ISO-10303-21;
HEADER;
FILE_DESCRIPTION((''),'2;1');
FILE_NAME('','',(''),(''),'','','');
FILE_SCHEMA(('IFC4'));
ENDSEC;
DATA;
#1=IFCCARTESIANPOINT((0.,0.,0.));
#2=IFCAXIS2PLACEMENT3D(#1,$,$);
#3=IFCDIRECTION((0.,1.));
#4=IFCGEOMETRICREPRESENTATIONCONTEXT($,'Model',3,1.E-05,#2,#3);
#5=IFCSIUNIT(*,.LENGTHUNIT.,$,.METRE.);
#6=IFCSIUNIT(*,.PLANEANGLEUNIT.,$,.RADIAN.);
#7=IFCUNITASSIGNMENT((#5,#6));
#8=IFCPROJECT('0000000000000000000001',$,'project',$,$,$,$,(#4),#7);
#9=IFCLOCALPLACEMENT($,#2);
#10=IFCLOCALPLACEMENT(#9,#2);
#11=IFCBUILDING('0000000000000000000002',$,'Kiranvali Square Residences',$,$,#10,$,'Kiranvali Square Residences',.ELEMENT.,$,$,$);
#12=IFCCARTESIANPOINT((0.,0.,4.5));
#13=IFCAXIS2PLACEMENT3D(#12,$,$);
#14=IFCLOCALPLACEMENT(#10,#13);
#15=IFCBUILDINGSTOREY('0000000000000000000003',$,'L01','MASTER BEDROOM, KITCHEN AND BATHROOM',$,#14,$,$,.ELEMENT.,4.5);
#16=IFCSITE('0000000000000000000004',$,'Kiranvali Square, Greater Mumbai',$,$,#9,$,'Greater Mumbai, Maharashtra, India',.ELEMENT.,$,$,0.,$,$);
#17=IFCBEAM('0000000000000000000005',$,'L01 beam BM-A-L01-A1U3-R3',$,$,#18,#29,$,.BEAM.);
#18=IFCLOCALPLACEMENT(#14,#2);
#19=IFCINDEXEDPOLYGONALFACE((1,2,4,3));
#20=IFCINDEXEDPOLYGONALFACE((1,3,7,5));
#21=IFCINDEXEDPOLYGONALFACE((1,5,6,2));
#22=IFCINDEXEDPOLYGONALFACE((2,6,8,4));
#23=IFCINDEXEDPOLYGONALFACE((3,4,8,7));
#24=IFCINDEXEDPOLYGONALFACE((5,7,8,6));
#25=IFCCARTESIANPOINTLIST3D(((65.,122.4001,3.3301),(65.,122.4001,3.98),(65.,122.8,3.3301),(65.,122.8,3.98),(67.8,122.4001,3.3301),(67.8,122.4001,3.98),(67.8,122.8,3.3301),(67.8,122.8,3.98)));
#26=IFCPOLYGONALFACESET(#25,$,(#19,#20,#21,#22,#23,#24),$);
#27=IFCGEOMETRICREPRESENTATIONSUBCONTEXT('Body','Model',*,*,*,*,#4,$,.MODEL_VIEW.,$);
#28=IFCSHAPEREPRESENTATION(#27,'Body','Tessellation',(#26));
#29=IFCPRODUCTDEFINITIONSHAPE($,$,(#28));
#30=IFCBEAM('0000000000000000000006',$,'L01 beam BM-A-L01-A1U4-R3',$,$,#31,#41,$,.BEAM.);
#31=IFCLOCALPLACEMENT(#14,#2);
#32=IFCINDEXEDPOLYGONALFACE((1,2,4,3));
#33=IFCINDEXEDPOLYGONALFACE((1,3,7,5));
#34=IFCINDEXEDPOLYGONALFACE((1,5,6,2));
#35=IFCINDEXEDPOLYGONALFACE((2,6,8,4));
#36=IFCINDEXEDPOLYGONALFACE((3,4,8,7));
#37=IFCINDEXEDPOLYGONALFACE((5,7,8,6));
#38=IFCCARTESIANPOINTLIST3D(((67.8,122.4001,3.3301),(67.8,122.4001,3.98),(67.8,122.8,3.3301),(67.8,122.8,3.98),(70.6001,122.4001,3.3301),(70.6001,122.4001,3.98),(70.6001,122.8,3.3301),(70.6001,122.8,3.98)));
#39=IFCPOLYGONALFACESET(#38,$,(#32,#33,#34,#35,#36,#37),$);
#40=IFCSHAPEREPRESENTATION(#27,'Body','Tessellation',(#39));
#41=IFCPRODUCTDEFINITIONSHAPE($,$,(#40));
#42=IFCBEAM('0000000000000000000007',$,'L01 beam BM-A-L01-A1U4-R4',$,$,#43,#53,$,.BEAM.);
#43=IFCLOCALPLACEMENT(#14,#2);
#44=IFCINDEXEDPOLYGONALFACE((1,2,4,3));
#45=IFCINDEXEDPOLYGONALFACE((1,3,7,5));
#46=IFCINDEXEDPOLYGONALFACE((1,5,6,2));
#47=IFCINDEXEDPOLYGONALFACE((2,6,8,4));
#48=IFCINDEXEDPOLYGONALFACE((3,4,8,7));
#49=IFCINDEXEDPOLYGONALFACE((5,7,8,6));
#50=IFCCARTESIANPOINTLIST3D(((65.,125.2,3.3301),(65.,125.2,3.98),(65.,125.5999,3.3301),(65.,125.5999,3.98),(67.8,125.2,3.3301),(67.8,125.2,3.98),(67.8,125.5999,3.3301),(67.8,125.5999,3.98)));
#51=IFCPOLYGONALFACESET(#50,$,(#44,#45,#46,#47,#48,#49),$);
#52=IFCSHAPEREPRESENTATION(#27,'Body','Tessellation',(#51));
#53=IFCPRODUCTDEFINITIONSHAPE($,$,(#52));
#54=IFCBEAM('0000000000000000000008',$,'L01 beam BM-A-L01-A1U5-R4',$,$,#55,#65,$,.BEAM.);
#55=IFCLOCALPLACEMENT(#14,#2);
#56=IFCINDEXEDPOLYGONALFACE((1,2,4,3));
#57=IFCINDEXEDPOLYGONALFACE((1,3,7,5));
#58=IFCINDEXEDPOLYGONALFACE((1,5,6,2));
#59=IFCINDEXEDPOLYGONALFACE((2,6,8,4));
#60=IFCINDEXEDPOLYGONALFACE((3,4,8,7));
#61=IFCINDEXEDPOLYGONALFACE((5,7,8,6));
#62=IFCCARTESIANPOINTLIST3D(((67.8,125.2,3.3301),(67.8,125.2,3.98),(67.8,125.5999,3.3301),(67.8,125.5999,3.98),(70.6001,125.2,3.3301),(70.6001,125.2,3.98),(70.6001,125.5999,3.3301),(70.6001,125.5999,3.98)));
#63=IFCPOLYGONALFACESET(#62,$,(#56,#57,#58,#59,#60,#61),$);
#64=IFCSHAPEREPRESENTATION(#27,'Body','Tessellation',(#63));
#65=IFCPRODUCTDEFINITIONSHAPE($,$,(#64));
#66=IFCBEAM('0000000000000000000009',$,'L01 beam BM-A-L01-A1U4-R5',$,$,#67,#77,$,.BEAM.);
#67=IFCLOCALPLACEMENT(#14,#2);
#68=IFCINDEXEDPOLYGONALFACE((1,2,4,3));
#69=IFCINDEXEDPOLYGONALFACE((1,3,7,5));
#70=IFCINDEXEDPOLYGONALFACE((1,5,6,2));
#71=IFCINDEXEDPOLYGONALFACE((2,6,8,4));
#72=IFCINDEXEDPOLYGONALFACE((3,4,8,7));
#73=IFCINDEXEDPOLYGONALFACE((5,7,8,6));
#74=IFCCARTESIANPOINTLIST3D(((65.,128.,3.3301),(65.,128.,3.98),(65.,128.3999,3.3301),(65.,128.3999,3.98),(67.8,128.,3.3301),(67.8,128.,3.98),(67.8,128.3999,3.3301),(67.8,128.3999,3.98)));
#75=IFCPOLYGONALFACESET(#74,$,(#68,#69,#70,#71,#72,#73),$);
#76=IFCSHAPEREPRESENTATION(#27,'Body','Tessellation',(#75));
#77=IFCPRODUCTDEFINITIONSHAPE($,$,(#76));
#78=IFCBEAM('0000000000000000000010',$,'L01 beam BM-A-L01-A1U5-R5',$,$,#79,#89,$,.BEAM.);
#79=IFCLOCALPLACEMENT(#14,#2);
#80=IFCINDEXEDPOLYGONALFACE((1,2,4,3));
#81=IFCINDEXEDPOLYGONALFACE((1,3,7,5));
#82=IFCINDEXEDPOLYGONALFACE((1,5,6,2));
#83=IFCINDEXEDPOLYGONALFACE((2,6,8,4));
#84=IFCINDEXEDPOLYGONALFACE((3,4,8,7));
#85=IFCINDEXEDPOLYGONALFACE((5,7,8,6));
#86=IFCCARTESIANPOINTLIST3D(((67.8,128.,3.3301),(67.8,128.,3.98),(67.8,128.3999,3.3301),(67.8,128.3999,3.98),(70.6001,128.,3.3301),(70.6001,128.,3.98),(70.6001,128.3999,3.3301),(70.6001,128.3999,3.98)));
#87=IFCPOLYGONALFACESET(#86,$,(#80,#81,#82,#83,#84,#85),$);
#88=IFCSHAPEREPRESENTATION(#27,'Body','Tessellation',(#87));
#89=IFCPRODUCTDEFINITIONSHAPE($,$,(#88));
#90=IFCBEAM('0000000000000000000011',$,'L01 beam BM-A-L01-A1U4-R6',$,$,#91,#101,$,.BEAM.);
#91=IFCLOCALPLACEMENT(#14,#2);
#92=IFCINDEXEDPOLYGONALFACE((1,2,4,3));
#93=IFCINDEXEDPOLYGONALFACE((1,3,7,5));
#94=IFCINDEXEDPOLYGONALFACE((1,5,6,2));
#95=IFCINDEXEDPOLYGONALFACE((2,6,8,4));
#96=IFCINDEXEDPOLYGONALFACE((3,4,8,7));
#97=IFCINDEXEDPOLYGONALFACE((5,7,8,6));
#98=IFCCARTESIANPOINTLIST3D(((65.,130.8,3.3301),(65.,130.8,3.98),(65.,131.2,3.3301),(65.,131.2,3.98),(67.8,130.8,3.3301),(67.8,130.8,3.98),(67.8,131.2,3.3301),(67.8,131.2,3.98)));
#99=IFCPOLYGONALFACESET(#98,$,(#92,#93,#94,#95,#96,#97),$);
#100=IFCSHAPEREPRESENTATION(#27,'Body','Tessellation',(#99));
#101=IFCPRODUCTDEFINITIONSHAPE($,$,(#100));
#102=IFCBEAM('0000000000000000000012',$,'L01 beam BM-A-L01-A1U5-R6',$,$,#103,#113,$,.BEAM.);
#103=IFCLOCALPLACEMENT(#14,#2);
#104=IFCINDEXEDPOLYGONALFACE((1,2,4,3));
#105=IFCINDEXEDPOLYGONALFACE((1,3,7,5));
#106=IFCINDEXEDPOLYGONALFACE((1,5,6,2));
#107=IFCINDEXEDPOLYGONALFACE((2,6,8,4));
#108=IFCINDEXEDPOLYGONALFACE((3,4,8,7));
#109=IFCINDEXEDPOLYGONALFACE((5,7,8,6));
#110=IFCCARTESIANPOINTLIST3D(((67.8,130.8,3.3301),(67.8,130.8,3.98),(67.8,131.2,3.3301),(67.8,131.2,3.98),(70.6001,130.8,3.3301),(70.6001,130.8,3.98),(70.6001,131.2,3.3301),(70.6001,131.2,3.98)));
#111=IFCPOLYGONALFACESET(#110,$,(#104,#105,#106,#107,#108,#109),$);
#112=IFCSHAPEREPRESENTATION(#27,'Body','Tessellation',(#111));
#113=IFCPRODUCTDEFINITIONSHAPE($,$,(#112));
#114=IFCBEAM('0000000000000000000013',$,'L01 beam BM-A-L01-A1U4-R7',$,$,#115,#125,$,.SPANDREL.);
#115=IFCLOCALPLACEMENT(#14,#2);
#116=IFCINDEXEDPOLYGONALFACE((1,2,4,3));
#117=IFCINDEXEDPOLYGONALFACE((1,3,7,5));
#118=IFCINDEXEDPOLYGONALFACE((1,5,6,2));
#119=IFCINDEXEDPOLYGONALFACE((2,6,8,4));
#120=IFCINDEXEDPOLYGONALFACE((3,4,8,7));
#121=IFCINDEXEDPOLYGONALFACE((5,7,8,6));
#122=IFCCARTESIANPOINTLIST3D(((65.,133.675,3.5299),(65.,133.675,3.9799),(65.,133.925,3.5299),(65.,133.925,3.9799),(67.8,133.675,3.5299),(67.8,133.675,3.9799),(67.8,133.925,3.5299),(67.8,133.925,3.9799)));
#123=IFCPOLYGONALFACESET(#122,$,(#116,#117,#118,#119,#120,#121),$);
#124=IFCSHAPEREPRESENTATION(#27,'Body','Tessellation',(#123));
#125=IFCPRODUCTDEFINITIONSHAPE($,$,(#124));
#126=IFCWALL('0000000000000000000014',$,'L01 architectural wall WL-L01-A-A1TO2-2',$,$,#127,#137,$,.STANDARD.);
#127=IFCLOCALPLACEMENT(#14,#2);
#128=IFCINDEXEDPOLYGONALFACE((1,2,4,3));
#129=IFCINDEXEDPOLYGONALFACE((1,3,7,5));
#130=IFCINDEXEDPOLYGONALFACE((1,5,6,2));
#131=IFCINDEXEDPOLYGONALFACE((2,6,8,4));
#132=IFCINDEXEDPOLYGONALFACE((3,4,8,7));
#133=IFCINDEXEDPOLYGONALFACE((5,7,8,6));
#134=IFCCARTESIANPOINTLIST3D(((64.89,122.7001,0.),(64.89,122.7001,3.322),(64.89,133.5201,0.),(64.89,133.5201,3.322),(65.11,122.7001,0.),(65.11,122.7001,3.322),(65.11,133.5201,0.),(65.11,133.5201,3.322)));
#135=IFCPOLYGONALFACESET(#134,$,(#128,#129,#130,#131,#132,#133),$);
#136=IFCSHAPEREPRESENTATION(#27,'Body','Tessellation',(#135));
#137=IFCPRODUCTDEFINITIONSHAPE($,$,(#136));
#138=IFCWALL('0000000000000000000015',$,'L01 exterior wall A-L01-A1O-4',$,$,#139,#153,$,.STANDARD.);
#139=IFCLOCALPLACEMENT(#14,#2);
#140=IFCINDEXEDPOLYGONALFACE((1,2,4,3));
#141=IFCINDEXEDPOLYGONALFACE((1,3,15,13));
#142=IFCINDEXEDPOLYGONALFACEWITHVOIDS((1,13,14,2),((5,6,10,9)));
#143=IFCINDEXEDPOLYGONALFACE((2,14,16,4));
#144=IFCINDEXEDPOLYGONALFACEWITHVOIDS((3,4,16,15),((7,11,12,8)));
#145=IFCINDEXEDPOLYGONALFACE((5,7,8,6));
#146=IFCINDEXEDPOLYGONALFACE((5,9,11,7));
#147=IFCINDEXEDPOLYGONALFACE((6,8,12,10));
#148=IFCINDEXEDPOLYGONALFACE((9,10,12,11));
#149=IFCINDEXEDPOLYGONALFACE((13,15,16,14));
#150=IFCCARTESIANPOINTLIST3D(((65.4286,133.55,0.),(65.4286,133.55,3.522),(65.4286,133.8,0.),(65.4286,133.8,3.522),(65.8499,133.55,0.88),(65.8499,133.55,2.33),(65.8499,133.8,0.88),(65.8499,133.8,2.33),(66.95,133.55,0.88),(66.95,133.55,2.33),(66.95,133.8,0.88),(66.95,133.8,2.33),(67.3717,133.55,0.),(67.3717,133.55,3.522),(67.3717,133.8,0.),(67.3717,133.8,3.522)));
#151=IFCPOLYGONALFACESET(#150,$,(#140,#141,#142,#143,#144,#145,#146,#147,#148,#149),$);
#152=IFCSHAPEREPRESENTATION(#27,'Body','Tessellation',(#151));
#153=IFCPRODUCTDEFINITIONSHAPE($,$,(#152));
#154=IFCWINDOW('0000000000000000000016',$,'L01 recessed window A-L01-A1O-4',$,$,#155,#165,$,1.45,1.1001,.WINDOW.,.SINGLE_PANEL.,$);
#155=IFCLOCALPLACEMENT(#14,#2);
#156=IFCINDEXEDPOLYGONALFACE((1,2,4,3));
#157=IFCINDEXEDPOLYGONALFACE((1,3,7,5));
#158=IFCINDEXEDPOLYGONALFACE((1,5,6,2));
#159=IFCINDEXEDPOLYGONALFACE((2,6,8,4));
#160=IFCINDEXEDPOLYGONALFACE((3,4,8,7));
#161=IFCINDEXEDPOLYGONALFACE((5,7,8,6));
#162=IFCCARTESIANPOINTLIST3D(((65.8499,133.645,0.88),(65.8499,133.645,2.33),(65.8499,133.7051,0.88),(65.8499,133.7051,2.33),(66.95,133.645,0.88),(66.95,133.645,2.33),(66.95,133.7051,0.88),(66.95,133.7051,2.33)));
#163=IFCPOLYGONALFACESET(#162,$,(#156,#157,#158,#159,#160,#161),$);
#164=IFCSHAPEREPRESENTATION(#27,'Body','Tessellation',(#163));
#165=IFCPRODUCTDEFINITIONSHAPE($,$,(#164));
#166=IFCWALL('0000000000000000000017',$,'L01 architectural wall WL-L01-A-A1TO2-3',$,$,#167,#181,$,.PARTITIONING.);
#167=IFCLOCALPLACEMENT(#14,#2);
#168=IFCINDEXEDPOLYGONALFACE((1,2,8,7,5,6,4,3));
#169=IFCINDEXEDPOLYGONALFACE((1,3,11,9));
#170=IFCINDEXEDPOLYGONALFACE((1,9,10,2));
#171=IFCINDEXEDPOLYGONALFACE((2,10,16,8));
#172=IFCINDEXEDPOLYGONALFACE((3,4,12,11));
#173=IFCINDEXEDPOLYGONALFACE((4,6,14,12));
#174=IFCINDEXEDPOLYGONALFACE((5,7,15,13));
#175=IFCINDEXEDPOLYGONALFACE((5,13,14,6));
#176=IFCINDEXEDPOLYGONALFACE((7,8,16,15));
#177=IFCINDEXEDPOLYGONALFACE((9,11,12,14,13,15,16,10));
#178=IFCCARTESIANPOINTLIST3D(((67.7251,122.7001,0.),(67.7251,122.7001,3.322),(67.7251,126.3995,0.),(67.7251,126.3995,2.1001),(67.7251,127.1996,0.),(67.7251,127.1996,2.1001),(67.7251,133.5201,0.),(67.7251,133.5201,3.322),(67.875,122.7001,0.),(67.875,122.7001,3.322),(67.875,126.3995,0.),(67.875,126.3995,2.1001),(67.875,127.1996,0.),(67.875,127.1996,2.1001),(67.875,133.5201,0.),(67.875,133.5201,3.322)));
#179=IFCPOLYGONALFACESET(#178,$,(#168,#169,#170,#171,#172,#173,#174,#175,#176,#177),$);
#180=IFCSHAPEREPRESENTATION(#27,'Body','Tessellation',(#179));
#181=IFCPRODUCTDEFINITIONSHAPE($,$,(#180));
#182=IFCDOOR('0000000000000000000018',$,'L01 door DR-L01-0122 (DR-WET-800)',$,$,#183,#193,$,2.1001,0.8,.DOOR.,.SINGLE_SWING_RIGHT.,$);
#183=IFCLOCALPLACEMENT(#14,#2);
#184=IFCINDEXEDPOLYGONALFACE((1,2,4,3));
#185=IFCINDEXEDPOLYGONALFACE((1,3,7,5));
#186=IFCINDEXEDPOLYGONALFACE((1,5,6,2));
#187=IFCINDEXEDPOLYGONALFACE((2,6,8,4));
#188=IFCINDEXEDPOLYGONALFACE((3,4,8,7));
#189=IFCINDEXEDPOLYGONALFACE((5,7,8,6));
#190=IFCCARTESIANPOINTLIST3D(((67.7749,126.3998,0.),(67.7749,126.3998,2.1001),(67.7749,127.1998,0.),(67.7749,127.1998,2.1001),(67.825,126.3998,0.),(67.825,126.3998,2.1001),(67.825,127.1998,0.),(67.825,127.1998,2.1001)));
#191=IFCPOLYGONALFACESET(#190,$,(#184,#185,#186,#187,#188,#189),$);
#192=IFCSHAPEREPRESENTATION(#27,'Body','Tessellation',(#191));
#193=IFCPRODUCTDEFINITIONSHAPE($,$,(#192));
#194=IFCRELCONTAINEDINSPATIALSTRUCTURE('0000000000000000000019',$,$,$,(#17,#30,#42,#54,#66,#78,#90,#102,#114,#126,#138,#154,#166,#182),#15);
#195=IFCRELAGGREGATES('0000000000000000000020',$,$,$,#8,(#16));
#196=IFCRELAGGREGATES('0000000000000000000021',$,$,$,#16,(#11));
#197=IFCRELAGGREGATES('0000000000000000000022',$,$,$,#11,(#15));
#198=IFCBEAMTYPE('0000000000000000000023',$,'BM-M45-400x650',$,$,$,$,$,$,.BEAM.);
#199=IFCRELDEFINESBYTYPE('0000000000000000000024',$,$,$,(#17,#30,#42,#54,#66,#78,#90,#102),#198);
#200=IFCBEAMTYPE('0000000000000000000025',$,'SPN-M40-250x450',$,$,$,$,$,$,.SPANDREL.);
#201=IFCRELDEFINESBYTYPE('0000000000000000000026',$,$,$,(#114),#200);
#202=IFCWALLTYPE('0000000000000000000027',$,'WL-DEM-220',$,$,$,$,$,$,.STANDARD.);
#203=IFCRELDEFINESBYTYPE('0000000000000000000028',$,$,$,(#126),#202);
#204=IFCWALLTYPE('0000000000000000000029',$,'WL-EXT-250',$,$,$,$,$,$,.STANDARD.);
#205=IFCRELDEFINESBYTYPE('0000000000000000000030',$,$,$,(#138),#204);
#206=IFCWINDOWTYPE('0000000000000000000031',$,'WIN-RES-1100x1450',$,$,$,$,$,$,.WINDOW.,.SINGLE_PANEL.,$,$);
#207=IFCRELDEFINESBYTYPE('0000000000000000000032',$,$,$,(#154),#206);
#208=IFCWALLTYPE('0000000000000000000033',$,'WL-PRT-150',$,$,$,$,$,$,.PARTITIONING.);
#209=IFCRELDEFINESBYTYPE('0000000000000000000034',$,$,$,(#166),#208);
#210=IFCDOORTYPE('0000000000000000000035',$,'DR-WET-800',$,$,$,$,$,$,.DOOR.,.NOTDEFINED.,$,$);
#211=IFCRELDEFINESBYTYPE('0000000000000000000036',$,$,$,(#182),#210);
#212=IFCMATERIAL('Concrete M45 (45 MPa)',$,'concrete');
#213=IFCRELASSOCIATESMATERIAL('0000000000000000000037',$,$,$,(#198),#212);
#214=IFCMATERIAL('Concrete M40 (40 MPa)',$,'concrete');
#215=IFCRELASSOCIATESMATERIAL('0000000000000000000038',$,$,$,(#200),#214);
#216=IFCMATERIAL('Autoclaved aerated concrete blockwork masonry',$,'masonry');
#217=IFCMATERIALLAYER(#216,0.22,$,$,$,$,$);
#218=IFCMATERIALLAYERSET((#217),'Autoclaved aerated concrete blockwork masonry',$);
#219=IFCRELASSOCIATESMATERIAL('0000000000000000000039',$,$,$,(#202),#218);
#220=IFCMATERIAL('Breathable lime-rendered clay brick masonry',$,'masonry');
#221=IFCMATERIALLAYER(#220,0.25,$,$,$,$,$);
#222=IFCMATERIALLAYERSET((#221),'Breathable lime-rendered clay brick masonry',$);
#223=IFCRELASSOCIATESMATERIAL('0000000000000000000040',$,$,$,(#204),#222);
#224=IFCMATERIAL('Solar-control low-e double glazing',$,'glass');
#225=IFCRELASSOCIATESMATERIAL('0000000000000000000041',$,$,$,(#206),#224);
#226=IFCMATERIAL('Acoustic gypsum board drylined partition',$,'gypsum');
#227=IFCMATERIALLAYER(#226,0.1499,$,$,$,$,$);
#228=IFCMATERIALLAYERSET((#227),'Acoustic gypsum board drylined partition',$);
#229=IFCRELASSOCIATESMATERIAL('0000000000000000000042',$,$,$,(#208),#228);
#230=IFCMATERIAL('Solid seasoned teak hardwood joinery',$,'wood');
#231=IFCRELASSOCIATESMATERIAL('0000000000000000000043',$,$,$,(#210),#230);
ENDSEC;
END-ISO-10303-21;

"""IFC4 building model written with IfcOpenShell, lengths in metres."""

from ifc_helpers import new_model, si_unit, direction, frame, frame_2d, origin, origin_2d, place, context, subcontext, project, spatial, rectangle, extrude, material, layer, layer_set, material_profile, profile_set, type_object, element, fill, save


model = new_model("IFC4")

# Units and contexts
model_context = context("Model", 3, precision=1e-05, world=origin(), true_north=direction((0.0, 1.0)))
body_context = subcontext(model_context, "Body", "Model", "MODEL_VIEW")
ifc_project = project(units=[si_unit("LENGTHUNIT", "METRE"), si_unit("PLANEANGLEUNIT", "RADIAN")], contexts=[model_context])

# Site, building, storey
site_placement = place(None, origin())
site = spatial("IfcSite", under=ifc_project, at=site_placement, Name="Kiranvali Square, Greater Mumbai", LongName="Greater Mumbai, Maharashtra, India", CompositionType="ELEMENT", RefElevation=0.0)
building_placement = place(site_placement, origin())
building = spatial("IfcBuilding", under=site, at=building_placement, Name="Kiranvali Square Residences", LongName="Kiranvali Square Residences", CompositionType="ELEMENT")
storey_placement = place(building_placement, frame((0.0, 0.0, 4.5)))
storey = spatial("IfcBuildingStorey", under=building, at=storey_placement, Name="L01", Description="MASTER BEDROOM, KITCHEN AND BATHROOM", CompositionType="ELEMENT", Elevation=4.5)

# Beams
ifc_material_1 = material(Name="Concrete M40 (40 MPa)", Category="concrete")
ifc_material_2 = material(Name="Concrete M45 (45 MPa)", Category="concrete")
ifc_material_profile_1 = material_profile(ifc_material_2, rectangle(XDim=0.3999, YDim=0.6499, at=origin_2d()), Name="RC 400x650")
ifc_profile_set_1 = profile_set([ifc_material_profile_1], Name="Concrete M45 (45 MPa)")
beam_type_1 = type_object("IfcBeamType", Name="BM-M45-400x650", PredefinedType="BEAM", material=ifc_profile_set_1)
for number, where, z_axis, x_axis, name in (
    (1, (65.0, 122.6001, 3.655), (1.0, 0.0, 0.0), (0.0, 1.0, 0.0), "L01 beam BM-A-L01-A1U3-R3"),
    (2, (67.8, 122.6001, 3.655), (1.0, 0.0, 0.0), (0.0, 1.0, 0.0), "L01 beam BM-A-L01-A1U4-R3"),
    (3, (65.0, 125.3999, 3.655), (1.0, 0.0, 0.0), (0.0, 1.0, 0.0), "L01 beam BM-A-L01-A1U4-R4"),
    (4, (67.8, 125.3999, 3.655), (1.0, 0.0, 0.0), (0.0, 1.0, 0.0), "L01 beam BM-A-L01-A1U5-R4"),
    (5, (65.0, 128.2, 3.655), (1.0, 0.0, 0.0), (0.0, 1.0, 0.0), "L01 beam BM-A-L01-A1U4-R5"),
    (6, (67.8, 128.2, 3.655), (1.0, 0.0, 0.0), (0.0, 1.0, 0.0), "L01 beam BM-A-L01-A1U5-R5"),
    (7, (65.0, 131.0, 3.655), (1.0, 0.0, 0.0), (0.0, 1.0, 0.0), "L01 beam BM-A-L01-A1U4-R6"),
    (8, (67.8, 131.0, 3.655), (1.0, 0.0, 0.0), (0.0, 1.0, 0.0), "L01 beam BM-A-L01-A1U5-R6"),
):
    element("IfcBeam", number, at=place(storey_placement, frame(where, z_axis=z_axis, x_axis=x_axis)), inside=storey, type_object=beam_type_1, Name=name, PredefinedType="BEAM", context=body_context, shape_type="SweptSolid", body=[
        extrude(rectangle(XDim=0.3999, YDim=0.6499, at=origin_2d()), origin(), (0.0, 0.0, 1.0), 2.8),
    ])
ifc_material_profile_2 = material_profile(ifc_material_1, rectangle(XDim=0.25, YDim=0.45, at=origin_2d()), Name="RC 250x450")
ifc_profile_set_2 = profile_set([ifc_material_profile_2], Name="Concrete M40 (40 MPa)")
beam_type_2 = type_object("IfcBeamType", Name="SPN-M40-250x450", PredefinedType="SPANDREL", material=ifc_profile_set_2)
beam_1_placement = place(storey_placement, frame((65.0, 133.8, 3.7549), z_axis=(1.0, 0.0, 0.0), x_axis=(0.0, 1.0, 0.0)))
element("IfcBeam", 9, at=beam_1_placement, inside=storey, type_object=beam_type_2, Name="L01 beam BM-A-L01-A1U4-R7", PredefinedType="SPANDREL", context=body_context, shape_type="SweptSolid", body=[
    extrude(rectangle(XDim=0.25, YDim=0.45, at=origin_2d()), origin(), (0.0, 0.0, 1.0), 2.8),
])

# Wall
ifc_material_3 = material(Name="Autoclaved aerated concrete blockwork masonry", Category="masonry")
ifc_layer_1 = layer(ifc_material_3, 0.22)
ifc_layer_set_1 = layer_set([ifc_layer_1], Name="Autoclaved aerated concrete blockwork masonry")
wall_type_1 = type_object("IfcWallType", Name="WL-DEM-220", PredefinedType="STANDARD", material=ifc_layer_set_1)
wall_1_placement = place(storey_placement, frame((65.0, 122.7, 0.0), z_axis=(0.0, 0.0, 1.0), x_axis=(0.0, 1.0, 0.0)))
element("IfcWall", 10, at=wall_1_placement, inside=storey, type_object=wall_type_1, Name="L01 architectural wall WL-L01-A-A1TO2-2", PredefinedType="STANDARD", context=body_context, shape_type="SweptSolid", body=[
    extrude(rectangle(XDim=10.8201, YDim=0.22, at=frame_2d((5.4102, 0.0))), origin(), (0.0, 0.0, 1.0), 3.322),
])

# Wall, opening, window
ifc_material_4 = material(Name="Breathable lime-rendered clay brick masonry", Category="masonry")
ifc_layer_2 = layer(ifc_material_4, 0.25)
ifc_layer_set_2 = layer_set([ifc_layer_2], Name="Breathable lime-rendered clay brick masonry")
wall_type_2 = type_object("IfcWallType", Name="WL-EXT-250", PredefinedType="STANDARD", material=ifc_layer_set_2)
wall_2_placement = place(storey_placement, frame((65.4285, 133.675, 0.0), z_axis=(0.0, 0.0, 1.0), x_axis=(1.0, 0.0, 0.0)))
wall_2 = element("IfcWall", 11, at=wall_2_placement, inside=storey, type_object=wall_type_2, Name="L01 exterior wall A-L01-A1O-4", PredefinedType="STANDARD", context=body_context, shape_type="SweptSolid", body=[
    extrude(rectangle(XDim=1.9431, YDim=0.25, at=frame_2d((0.9717, 0.0))), origin(), (0.0, 0.0, 1.0), 3.522),
])
opening_1_placement = place(wall_2_placement, frame((0.4214, 0.0, 0.8799)))
opening_1 = element("IfcOpeningElement", 12, at=opening_1_placement, cuts=wall_2, PredefinedType="OPENING", context=body_context, shape_type="SweptSolid", body=[
    extrude(rectangle(XDim=1.1001, YDim=1.45, at=frame_2d((0.55, 0.7251))), frame((0.0, 0.135, 0.0), z_axis=(0.0, -1.0, 0.0), x_axis=(1.0, 0.0, 0.0)), (0.0, 0.0, 1.0), 0.27),
])
ifc_material_5 = material(Name="Solar-control low-e double glazing", Category="glass")
window_type = type_object("IfcWindowType", Name="WIN-RES-1100x1450", PartitioningType="SINGLE_PANEL", PredefinedType="WINDOW", material=ifc_material_5)
window_placement = place(opening_1_placement, origin())
window = element("IfcWindow", 13, at=window_placement, inside=storey, type_object=window_type, Name="L01 recessed window A-L01-A1O-4", OverallHeight=1.45, OverallWidth=1.1001, PartitioningType="SINGLE_PANEL", PredefinedType="WINDOW", context=body_context, shape_type="SweptSolid", body=[
    extrude(rectangle(XDim=1.1001, YDim=1.45, at=frame_2d((0.55, 0.7251))), frame((0.0, 0.03, 0.0), z_axis=(0.0, -1.0, 0.0), x_axis=(1.0, 0.0, 0.0)), (0.0, 0.0, 1.0), 0.0601),
])
fill(opening_1, window)

# Wall, opening, door
ifc_material_6 = material(Name="Acoustic gypsum board drylined partition", Category="gypsum")
ifc_layer_3 = layer(ifc_material_6, 0.1499)
ifc_layer_set_3 = layer_set([ifc_layer_3], Name="Acoustic gypsum board drylined partition")
wall_type_3 = type_object("IfcWallType", Name="WL-PRT-150", PredefinedType="PARTITIONING", material=ifc_layer_set_3)
wall_3_placement = place(storey_placement, frame((67.8, 122.7, 0.0), z_axis=(0.0, 0.0, 1.0), x_axis=(0.0, 1.0, 0.0)))
wall_3 = element("IfcWall", 14, at=wall_3_placement, inside=storey, type_object=wall_type_3, Name="L01 architectural wall WL-L01-A-A1TO2-3", PredefinedType="PARTITIONING", context=body_context, shape_type="SweptSolid", body=[
    extrude(rectangle(XDim=10.8201, YDim=0.1499, at=frame_2d((5.4102, 0.0))), origin(), (0.0, 0.0, 1.0), 3.322),
])
opening_2_placement = place(wall_3_placement, frame((3.6997, 0.0, 0.0)))
opening_2 = element("IfcOpeningElement", 15, at=opening_2_placement, cuts=wall_3, PredefinedType="OPENING", context=body_context, shape_type="SweptSolid", body=[
    extrude(rectangle(XDim=0.8, YDim=2.1001, at=frame_2d((0.3999, 1.05))), frame((0.0, 0.085, 0.0), z_axis=(0.0, -1.0, 0.0), x_axis=(1.0, 0.0, 0.0)), (0.0, 0.0, 1.0), 0.1699),
])
ifc_material_7 = material(Name="Solid seasoned teak hardwood joinery", Category="wood")
door_type_1 = type_object("IfcDoorType", Name="DR-WET-800", OperationType="NOTDEFINED", PredefinedType="DOOR", material=ifc_material_7)
door_1_placement = place(opening_2_placement, frame((0.8, 0.0, 0.0), z_axis=(0.0, 0.0, 1.0), x_axis=(-1.0, 0.0, 0.0)))
door_1 = element("IfcDoor", 16, at=door_1_placement, inside=storey, type_object=door_type_1, Name="L01 door DR-L01-0122 (DR-WET-800)", OperationType="SINGLE_SWING_RIGHT", OverallHeight=2.1001, OverallWidth=0.8, PredefinedType="DOOR", context=body_context, shape_type="SweptSolid", body=[
    extrude(rectangle(XDim=0.8, YDim=2.1001, at=frame_2d((0.3999, 1.05))), frame((0.0, 0.0249, 0.0), z_axis=(0.0, -1.0, 0.0), x_axis=(1.0, 0.0, 0.0)), (0.0, 0.0, 1.0), 0.05),
])
fill(opening_2, door_1)

save(model, "model.ifc")
